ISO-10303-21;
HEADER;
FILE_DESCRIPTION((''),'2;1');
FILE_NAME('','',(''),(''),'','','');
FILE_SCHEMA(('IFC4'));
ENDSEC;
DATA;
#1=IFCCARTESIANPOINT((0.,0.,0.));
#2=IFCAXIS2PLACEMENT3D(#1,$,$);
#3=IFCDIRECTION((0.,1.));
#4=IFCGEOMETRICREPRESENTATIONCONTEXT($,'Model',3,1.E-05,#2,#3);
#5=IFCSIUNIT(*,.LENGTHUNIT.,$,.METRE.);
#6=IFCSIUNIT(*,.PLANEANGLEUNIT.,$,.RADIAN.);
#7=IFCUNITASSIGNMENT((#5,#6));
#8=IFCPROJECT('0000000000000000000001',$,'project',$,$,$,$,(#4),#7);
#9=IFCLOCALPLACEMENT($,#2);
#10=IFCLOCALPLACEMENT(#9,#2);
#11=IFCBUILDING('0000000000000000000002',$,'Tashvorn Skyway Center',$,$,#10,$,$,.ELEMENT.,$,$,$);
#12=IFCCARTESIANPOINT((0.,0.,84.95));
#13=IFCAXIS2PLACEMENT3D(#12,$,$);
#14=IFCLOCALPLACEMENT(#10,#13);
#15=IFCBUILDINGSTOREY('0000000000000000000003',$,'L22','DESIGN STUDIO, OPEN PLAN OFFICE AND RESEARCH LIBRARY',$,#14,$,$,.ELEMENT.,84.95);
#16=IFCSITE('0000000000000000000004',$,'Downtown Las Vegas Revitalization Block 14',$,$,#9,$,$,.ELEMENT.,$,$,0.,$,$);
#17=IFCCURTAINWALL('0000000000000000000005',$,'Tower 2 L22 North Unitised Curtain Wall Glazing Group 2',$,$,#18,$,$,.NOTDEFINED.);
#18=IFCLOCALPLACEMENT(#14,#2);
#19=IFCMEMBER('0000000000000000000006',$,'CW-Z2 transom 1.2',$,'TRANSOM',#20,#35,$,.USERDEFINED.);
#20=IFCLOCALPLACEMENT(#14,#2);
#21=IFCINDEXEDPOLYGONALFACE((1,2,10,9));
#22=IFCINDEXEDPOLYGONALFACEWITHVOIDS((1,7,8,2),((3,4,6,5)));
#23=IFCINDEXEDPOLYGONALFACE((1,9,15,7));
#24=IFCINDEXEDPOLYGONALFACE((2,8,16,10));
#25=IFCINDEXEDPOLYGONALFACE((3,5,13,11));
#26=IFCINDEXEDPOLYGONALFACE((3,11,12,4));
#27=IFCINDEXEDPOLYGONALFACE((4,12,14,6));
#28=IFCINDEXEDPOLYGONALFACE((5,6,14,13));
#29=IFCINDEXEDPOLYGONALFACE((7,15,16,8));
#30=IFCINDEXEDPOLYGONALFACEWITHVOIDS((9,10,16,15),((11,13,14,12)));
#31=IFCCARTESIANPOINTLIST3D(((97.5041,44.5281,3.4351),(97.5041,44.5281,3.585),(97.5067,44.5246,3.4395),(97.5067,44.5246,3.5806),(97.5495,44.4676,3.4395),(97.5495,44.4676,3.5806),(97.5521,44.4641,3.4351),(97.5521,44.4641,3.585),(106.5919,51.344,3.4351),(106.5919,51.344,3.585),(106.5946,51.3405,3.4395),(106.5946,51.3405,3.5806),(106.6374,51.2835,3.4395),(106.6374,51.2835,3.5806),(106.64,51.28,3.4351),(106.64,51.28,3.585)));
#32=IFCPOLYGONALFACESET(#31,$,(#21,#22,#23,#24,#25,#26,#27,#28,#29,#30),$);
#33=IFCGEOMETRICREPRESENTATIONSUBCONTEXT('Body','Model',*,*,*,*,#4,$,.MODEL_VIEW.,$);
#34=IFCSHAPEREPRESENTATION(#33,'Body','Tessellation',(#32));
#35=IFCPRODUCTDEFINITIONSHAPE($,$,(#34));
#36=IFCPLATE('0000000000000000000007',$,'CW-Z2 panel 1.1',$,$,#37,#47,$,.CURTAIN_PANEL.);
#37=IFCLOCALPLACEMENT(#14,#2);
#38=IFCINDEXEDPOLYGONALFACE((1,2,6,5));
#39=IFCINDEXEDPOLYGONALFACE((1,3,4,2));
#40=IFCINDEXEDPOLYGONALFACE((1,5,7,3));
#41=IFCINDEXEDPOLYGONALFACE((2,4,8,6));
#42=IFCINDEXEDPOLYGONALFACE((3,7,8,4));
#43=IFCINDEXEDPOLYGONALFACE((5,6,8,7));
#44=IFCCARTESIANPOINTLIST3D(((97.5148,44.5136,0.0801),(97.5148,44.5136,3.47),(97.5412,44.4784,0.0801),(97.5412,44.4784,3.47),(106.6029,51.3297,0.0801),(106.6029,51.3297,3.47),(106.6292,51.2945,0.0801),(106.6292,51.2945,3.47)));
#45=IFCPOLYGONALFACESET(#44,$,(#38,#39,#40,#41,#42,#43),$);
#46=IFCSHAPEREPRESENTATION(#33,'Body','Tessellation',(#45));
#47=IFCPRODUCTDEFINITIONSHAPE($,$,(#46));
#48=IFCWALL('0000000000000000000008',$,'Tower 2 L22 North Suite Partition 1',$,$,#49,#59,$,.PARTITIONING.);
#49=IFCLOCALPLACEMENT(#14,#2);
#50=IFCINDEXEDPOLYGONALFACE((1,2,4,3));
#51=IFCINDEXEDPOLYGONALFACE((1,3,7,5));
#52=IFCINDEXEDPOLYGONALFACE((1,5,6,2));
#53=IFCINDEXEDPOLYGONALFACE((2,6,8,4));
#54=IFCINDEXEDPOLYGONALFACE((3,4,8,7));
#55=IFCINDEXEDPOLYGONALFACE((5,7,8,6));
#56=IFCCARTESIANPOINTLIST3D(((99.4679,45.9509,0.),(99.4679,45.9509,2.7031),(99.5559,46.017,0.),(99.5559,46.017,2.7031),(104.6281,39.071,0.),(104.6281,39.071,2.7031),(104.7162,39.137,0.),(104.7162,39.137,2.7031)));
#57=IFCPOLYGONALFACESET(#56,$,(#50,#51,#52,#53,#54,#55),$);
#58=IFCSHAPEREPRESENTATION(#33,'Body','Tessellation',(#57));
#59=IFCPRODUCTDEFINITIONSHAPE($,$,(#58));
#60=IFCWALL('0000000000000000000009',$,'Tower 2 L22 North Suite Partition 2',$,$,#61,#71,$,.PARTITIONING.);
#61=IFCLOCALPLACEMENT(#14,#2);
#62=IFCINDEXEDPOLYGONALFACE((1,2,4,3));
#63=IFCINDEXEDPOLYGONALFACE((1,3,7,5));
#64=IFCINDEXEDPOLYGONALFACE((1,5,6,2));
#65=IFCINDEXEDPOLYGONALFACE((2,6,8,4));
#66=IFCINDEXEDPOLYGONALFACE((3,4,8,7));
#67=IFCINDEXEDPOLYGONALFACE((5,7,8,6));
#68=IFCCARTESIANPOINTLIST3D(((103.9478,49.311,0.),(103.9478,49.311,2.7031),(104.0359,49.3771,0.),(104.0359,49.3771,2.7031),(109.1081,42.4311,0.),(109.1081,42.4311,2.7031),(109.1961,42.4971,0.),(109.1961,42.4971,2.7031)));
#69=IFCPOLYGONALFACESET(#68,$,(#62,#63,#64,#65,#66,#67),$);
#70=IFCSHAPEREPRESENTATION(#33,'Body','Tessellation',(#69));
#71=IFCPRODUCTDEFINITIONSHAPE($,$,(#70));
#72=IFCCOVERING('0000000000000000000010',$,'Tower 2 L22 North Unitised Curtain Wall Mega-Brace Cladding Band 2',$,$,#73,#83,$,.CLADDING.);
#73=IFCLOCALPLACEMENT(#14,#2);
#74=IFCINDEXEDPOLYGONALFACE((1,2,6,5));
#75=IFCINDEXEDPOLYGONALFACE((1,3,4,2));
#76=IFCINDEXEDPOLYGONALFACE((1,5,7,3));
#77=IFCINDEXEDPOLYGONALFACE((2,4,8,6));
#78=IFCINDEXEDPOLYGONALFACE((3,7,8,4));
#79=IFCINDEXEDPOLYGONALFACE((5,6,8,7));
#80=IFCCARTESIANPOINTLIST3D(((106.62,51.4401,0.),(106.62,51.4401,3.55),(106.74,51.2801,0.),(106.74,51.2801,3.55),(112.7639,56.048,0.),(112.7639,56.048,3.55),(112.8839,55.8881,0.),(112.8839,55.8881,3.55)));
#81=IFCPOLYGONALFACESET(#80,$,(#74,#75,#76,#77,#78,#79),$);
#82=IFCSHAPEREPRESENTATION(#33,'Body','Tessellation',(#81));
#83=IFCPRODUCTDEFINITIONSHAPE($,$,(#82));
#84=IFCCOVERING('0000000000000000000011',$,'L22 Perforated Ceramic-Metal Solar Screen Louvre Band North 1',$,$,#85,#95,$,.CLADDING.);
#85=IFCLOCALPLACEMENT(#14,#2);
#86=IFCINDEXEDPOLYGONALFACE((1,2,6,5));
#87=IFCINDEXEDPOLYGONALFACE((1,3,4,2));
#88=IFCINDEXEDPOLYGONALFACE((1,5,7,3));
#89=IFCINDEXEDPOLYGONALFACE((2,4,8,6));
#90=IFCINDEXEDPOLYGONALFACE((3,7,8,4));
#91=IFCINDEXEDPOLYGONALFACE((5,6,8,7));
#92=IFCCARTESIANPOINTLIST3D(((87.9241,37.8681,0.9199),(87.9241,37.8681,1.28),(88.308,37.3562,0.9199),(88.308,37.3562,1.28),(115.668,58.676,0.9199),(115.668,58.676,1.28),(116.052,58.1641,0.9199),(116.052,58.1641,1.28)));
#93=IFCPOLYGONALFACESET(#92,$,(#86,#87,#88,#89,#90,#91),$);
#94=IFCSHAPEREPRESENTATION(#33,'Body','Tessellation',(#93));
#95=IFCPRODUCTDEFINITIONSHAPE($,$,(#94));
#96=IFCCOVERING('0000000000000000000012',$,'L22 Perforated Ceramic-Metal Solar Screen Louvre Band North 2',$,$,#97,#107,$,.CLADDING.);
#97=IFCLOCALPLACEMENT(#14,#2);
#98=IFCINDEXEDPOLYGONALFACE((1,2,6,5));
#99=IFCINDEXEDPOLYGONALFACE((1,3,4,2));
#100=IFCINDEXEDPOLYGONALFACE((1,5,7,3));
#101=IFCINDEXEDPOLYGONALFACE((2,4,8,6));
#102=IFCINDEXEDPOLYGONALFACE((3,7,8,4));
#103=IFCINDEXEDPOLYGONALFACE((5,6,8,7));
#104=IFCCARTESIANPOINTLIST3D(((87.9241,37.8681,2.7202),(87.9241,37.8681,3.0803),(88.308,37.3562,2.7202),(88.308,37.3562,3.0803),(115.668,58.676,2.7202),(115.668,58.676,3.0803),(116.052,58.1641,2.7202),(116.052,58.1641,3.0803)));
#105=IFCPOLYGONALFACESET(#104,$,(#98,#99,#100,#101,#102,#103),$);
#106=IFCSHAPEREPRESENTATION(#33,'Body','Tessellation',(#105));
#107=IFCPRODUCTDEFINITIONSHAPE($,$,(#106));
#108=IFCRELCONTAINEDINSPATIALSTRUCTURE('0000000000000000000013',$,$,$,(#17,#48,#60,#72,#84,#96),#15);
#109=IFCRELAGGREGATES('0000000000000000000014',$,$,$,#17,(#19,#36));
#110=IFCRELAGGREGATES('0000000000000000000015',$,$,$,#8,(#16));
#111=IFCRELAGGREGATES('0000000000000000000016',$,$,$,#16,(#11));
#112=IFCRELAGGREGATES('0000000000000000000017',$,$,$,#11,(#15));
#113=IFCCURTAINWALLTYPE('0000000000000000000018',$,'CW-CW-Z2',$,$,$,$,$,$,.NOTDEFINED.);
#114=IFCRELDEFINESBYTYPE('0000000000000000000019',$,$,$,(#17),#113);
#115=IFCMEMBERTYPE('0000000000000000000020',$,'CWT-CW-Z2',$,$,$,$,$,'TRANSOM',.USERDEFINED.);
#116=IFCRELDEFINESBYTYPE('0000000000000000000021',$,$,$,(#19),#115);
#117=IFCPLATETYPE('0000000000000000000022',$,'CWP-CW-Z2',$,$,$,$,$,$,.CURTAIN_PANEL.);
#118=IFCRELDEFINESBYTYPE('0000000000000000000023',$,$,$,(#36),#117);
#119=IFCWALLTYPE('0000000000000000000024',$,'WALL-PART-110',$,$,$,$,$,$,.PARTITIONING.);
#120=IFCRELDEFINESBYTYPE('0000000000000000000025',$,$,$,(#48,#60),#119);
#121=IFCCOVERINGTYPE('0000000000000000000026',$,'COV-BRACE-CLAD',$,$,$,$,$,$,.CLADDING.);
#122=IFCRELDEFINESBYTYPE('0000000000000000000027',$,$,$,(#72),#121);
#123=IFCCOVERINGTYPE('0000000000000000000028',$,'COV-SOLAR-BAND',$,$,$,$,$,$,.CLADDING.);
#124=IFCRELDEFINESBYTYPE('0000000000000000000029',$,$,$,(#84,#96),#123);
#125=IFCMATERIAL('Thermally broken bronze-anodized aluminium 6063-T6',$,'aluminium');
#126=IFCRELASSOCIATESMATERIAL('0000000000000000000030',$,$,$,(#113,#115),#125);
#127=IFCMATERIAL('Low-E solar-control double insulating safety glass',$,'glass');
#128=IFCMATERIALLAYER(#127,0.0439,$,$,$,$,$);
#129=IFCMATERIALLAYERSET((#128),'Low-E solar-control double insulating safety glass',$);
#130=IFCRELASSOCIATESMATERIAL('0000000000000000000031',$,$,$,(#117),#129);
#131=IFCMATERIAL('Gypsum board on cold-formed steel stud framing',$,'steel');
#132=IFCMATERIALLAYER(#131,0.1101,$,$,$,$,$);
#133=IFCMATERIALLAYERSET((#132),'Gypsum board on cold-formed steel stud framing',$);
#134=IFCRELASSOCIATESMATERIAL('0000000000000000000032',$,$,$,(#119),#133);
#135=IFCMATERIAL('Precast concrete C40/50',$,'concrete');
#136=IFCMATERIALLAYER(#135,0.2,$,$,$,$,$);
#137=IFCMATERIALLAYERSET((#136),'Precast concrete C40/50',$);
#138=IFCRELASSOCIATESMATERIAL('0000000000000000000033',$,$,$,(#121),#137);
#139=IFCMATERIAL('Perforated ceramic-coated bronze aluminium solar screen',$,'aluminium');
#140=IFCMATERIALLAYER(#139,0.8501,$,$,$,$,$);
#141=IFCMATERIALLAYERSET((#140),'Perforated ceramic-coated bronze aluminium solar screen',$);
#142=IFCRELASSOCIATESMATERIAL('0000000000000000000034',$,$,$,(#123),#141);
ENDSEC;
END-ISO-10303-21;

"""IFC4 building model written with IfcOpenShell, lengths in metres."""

from ifc_helpers import new_model, si_unit, direction, frame, frame_2d, origin, origin_2d, place, context, subcontext, project, spatial, rectangle, hollow_rectangle, extrude, material, layer, layer_set, material_profile, profile_set, type_object, element, aggregate, save


model = new_model("IFC4")

# Units and contexts
model_context = context("Model", 3, precision=1e-05, world=origin(), true_north=direction((0.0, 1.0)))
body_context = subcontext(model_context, "Body", "Model", "MODEL_VIEW")
ifc_project = project(units=[si_unit("LENGTHUNIT", "METRE"), si_unit("PLANEANGLEUNIT", "RADIAN")], contexts=[model_context])

# Site, building, storey
site_placement = place(None, origin())
site = spatial("IfcSite", under=ifc_project, at=site_placement, Name="Downtown Las Vegas Revitalization Block 14", CompositionType="ELEMENT", RefElevation=0.0)
building_placement = place(site_placement, origin())
building = spatial("IfcBuilding", under=site, at=building_placement, Name="Tashvorn Skyway Center", CompositionType="ELEMENT")
storey_placement = place(building_placement, frame((0.0, 0.0, 84.95)))
storey = spatial("IfcBuildingStorey", under=building, at=storey_placement, Name="L22", Description="DESIGN STUDIO, OPEN PLAN OFFICE AND RESEARCH LIBRARY", CompositionType="ELEMENT", Elevation=84.95)

# Curtain wall, member, plate
ifc_material_1 = material(Name="Thermally broken bronze-anodized aluminium 6063-T6", Category="aluminium")
curtain_wall_type = type_object("IfcCurtainWallType", Name="CW-CW-Z2", PredefinedType="NOTDEFINED", material=ifc_material_1)
curtain_wall_placement = place(storey_placement, origin())
curtain_wall = element("IfcCurtainWall", 1, at=curtain_wall_placement, inside=storey, type_object=curtain_wall_type, Name="Tower 2 L22 North Unitised Curtain Wall Glazing Group 2", PredefinedType="NOTDEFINED")
ifc_material_profile_1 = material_profile(ifc_material_1, hollow_rectangle(XDim=0.0801, YDim=0.1499, WallThickness=0.0044, at=origin_2d()), Name="ALU-TRAN-80x150")
ifc_profile_set_1 = profile_set([ifc_material_profile_1], Name="Thermally broken bronze-anodized aluminium 6063-T6")
member_type_1 = type_object("IfcMemberType", Name="CWT-CW-Z2", ElementType="TRANSOM", PredefinedType="USERDEFINED", material=ifc_profile_set_1)
member_1_placement = place(storey_placement, frame((97.5281, 44.4961, 3.51), z_axis=(0.8, 0.6, 0.0), x_axis=(-0.6, 0.8, 0.0)))
member_1 = element("IfcMember", 2, at=member_1_placement, type_object=member_type_1, Name="CW-Z2 transom 1.2", ObjectType="TRANSOM", PredefinedType="USERDEFINED", context=body_context, shape_type="SweptSolid", body=[
    extrude(hollow_rectangle(XDim=0.0801, YDim=0.1499, WallThickness=0.0044, at=origin_2d()), origin(), (0.0, 0.0, 1.0), 11.3599),
])
ifc_material_2 = material(Name="Low-E solar-control double insulating safety glass", Category="glass")
ifc_layer_1 = layer(ifc_material_2, 0.0439)
ifc_layer_set_1 = layer_set([ifc_layer_1], Name="Low-E solar-control double insulating safety glass")
plate_type = type_object("IfcPlateType", Name="CWP-CW-Z2", PredefinedType="CURTAIN_PANEL", material=ifc_layer_set_1)
plate_placement = place(storey_placement, frame((102.072, 47.9041, 0.0801), z_axis=(0.0, 0.0, 1.0), x_axis=(0.8, 0.6, 0.0)))
plate = element("IfcPlate", 3, at=plate_placement, type_object=plate_type, Name="CW-Z2 panel 1.1", PredefinedType="CURTAIN_PANEL", context=body_context, shape_type="SweptSolid", body=[
    extrude(rectangle(XDim=11.3601, YDim=0.0439, at=origin_2d()), origin(), (0.0, 0.0, 1.0), 3.3899),
])
aggregate(curtain_wall, [member_1, plate])

# Walls
ifc_material_3 = material(Name="Gypsum board on cold-formed steel stud framing", Category="steel")
ifc_layer_2 = layer(ifc_material_3, 0.1101)
ifc_layer_set_2 = layer_set([ifc_layer_2], Name="Gypsum board on cold-formed steel stud framing")
wall_type = type_object("IfcWallType", Name="WALL-PART-110", PredefinedType="PARTITIONING", material=ifc_layer_set_2)
for number, where, z_axis, x_axis, name in (
    (4, (104.6721, 39.104, 0.0), (0.0, 0.0, 1.0), (-0.600018, 0.799986, 0.0), "Tower 2 L22 North Suite Partition 1"),
    (5, (109.1521, 42.4641, 0.0), (0.0, 0.0, 1.0), (-0.600018, 0.799986, 0.0), "Tower 2 L22 North Suite Partition 2"),
):
    element("IfcWall", number, at=place(storey_placement, frame(where, z_axis=z_axis, x_axis=x_axis)), inside=storey, type_object=wall_type, Name=name, PredefinedType="PARTITIONING", context=body_context, shape_type="SweptSolid", body=[
        extrude(rectangle(XDim=8.6001, YDim=0.1101, at=frame_2d((4.3, 0.0))), origin(), (0.0, 0.0, 1.0), 2.7031),
    ])

# Coverings
ifc_material_4 = material(Name="Precast concrete C40/50", Category="concrete")
ifc_layer_3 = layer(ifc_material_4, 0.2)
ifc_layer_set_3 = layer_set([ifc_layer_3], Name="Precast concrete C40/50")
covering_type_1 = type_object("IfcCoveringType", Name="COV-BRACE-CLAD", PredefinedType="CLADDING", material=ifc_layer_set_3)
covering_placement = place(storey_placement, frame((109.752, 53.6641, 0.0), z_axis=(0.0, 0.0, 1.0), x_axis=(0.8, 0.6, 0.0)))
element("IfcCovering", 6, at=covering_placement, inside=storey, type_object=covering_type_1, Name="Tower 2 L22 North Unitised Curtain Wall Mega-Brace Cladding Band 2", PredefinedType="CLADDING", context=body_context, shape_type="SweptSolid", body=[
    extrude(rectangle(XDim=7.6799, YDim=0.2, at=origin_2d()), origin(), (0.0, 0.0, 1.0), 3.55),
])
ifc_material_5 = material(Name="Perforated ceramic-coated bronze aluminium solar screen", Category="aluminium")
ifc_layer_4 = layer(ifc_material_5, 0.8501)
ifc_layer_set_4 = layer_set([ifc_layer_4], Name="Perforated ceramic-coated bronze aluminium solar screen")
covering_type_2 = type_object("IfcCoveringType", Name="COV-SOLAR-BAND", PredefinedType="CLADDING", material=ifc_layer_set_4)
for number, where, z_axis, x_axis, name in (
    (7, (101.988, 48.0161, 0.9199), (0.0, 0.0, 1.0), (0.8, 0.6, 0.0), "L22 Perforated Ceramic-Metal Solar Screen Louvre Band North 1"),
    (8, (101.988, 48.0161, 2.7202), (0.0, 0.0, 1.0), (0.8, 0.6, 0.0), "L22 Perforated Ceramic-Metal Solar Screen Louvre Band North 2"),
):
    element("IfcCovering", number, at=place(storey_placement, frame(where, z_axis=z_axis, x_axis=x_axis)), inside=storey, type_object=covering_type_2, Name=name, PredefinedType="CLADDING", context=body_context, shape_type="SweptSolid", body=[
        extrude(rectangle(XDim=34.6799, YDim=0.6399, at=origin_2d()), origin(), (0.0, 0.0, 1.0), 0.3601),
    ])

save(model, "model.ifc")
